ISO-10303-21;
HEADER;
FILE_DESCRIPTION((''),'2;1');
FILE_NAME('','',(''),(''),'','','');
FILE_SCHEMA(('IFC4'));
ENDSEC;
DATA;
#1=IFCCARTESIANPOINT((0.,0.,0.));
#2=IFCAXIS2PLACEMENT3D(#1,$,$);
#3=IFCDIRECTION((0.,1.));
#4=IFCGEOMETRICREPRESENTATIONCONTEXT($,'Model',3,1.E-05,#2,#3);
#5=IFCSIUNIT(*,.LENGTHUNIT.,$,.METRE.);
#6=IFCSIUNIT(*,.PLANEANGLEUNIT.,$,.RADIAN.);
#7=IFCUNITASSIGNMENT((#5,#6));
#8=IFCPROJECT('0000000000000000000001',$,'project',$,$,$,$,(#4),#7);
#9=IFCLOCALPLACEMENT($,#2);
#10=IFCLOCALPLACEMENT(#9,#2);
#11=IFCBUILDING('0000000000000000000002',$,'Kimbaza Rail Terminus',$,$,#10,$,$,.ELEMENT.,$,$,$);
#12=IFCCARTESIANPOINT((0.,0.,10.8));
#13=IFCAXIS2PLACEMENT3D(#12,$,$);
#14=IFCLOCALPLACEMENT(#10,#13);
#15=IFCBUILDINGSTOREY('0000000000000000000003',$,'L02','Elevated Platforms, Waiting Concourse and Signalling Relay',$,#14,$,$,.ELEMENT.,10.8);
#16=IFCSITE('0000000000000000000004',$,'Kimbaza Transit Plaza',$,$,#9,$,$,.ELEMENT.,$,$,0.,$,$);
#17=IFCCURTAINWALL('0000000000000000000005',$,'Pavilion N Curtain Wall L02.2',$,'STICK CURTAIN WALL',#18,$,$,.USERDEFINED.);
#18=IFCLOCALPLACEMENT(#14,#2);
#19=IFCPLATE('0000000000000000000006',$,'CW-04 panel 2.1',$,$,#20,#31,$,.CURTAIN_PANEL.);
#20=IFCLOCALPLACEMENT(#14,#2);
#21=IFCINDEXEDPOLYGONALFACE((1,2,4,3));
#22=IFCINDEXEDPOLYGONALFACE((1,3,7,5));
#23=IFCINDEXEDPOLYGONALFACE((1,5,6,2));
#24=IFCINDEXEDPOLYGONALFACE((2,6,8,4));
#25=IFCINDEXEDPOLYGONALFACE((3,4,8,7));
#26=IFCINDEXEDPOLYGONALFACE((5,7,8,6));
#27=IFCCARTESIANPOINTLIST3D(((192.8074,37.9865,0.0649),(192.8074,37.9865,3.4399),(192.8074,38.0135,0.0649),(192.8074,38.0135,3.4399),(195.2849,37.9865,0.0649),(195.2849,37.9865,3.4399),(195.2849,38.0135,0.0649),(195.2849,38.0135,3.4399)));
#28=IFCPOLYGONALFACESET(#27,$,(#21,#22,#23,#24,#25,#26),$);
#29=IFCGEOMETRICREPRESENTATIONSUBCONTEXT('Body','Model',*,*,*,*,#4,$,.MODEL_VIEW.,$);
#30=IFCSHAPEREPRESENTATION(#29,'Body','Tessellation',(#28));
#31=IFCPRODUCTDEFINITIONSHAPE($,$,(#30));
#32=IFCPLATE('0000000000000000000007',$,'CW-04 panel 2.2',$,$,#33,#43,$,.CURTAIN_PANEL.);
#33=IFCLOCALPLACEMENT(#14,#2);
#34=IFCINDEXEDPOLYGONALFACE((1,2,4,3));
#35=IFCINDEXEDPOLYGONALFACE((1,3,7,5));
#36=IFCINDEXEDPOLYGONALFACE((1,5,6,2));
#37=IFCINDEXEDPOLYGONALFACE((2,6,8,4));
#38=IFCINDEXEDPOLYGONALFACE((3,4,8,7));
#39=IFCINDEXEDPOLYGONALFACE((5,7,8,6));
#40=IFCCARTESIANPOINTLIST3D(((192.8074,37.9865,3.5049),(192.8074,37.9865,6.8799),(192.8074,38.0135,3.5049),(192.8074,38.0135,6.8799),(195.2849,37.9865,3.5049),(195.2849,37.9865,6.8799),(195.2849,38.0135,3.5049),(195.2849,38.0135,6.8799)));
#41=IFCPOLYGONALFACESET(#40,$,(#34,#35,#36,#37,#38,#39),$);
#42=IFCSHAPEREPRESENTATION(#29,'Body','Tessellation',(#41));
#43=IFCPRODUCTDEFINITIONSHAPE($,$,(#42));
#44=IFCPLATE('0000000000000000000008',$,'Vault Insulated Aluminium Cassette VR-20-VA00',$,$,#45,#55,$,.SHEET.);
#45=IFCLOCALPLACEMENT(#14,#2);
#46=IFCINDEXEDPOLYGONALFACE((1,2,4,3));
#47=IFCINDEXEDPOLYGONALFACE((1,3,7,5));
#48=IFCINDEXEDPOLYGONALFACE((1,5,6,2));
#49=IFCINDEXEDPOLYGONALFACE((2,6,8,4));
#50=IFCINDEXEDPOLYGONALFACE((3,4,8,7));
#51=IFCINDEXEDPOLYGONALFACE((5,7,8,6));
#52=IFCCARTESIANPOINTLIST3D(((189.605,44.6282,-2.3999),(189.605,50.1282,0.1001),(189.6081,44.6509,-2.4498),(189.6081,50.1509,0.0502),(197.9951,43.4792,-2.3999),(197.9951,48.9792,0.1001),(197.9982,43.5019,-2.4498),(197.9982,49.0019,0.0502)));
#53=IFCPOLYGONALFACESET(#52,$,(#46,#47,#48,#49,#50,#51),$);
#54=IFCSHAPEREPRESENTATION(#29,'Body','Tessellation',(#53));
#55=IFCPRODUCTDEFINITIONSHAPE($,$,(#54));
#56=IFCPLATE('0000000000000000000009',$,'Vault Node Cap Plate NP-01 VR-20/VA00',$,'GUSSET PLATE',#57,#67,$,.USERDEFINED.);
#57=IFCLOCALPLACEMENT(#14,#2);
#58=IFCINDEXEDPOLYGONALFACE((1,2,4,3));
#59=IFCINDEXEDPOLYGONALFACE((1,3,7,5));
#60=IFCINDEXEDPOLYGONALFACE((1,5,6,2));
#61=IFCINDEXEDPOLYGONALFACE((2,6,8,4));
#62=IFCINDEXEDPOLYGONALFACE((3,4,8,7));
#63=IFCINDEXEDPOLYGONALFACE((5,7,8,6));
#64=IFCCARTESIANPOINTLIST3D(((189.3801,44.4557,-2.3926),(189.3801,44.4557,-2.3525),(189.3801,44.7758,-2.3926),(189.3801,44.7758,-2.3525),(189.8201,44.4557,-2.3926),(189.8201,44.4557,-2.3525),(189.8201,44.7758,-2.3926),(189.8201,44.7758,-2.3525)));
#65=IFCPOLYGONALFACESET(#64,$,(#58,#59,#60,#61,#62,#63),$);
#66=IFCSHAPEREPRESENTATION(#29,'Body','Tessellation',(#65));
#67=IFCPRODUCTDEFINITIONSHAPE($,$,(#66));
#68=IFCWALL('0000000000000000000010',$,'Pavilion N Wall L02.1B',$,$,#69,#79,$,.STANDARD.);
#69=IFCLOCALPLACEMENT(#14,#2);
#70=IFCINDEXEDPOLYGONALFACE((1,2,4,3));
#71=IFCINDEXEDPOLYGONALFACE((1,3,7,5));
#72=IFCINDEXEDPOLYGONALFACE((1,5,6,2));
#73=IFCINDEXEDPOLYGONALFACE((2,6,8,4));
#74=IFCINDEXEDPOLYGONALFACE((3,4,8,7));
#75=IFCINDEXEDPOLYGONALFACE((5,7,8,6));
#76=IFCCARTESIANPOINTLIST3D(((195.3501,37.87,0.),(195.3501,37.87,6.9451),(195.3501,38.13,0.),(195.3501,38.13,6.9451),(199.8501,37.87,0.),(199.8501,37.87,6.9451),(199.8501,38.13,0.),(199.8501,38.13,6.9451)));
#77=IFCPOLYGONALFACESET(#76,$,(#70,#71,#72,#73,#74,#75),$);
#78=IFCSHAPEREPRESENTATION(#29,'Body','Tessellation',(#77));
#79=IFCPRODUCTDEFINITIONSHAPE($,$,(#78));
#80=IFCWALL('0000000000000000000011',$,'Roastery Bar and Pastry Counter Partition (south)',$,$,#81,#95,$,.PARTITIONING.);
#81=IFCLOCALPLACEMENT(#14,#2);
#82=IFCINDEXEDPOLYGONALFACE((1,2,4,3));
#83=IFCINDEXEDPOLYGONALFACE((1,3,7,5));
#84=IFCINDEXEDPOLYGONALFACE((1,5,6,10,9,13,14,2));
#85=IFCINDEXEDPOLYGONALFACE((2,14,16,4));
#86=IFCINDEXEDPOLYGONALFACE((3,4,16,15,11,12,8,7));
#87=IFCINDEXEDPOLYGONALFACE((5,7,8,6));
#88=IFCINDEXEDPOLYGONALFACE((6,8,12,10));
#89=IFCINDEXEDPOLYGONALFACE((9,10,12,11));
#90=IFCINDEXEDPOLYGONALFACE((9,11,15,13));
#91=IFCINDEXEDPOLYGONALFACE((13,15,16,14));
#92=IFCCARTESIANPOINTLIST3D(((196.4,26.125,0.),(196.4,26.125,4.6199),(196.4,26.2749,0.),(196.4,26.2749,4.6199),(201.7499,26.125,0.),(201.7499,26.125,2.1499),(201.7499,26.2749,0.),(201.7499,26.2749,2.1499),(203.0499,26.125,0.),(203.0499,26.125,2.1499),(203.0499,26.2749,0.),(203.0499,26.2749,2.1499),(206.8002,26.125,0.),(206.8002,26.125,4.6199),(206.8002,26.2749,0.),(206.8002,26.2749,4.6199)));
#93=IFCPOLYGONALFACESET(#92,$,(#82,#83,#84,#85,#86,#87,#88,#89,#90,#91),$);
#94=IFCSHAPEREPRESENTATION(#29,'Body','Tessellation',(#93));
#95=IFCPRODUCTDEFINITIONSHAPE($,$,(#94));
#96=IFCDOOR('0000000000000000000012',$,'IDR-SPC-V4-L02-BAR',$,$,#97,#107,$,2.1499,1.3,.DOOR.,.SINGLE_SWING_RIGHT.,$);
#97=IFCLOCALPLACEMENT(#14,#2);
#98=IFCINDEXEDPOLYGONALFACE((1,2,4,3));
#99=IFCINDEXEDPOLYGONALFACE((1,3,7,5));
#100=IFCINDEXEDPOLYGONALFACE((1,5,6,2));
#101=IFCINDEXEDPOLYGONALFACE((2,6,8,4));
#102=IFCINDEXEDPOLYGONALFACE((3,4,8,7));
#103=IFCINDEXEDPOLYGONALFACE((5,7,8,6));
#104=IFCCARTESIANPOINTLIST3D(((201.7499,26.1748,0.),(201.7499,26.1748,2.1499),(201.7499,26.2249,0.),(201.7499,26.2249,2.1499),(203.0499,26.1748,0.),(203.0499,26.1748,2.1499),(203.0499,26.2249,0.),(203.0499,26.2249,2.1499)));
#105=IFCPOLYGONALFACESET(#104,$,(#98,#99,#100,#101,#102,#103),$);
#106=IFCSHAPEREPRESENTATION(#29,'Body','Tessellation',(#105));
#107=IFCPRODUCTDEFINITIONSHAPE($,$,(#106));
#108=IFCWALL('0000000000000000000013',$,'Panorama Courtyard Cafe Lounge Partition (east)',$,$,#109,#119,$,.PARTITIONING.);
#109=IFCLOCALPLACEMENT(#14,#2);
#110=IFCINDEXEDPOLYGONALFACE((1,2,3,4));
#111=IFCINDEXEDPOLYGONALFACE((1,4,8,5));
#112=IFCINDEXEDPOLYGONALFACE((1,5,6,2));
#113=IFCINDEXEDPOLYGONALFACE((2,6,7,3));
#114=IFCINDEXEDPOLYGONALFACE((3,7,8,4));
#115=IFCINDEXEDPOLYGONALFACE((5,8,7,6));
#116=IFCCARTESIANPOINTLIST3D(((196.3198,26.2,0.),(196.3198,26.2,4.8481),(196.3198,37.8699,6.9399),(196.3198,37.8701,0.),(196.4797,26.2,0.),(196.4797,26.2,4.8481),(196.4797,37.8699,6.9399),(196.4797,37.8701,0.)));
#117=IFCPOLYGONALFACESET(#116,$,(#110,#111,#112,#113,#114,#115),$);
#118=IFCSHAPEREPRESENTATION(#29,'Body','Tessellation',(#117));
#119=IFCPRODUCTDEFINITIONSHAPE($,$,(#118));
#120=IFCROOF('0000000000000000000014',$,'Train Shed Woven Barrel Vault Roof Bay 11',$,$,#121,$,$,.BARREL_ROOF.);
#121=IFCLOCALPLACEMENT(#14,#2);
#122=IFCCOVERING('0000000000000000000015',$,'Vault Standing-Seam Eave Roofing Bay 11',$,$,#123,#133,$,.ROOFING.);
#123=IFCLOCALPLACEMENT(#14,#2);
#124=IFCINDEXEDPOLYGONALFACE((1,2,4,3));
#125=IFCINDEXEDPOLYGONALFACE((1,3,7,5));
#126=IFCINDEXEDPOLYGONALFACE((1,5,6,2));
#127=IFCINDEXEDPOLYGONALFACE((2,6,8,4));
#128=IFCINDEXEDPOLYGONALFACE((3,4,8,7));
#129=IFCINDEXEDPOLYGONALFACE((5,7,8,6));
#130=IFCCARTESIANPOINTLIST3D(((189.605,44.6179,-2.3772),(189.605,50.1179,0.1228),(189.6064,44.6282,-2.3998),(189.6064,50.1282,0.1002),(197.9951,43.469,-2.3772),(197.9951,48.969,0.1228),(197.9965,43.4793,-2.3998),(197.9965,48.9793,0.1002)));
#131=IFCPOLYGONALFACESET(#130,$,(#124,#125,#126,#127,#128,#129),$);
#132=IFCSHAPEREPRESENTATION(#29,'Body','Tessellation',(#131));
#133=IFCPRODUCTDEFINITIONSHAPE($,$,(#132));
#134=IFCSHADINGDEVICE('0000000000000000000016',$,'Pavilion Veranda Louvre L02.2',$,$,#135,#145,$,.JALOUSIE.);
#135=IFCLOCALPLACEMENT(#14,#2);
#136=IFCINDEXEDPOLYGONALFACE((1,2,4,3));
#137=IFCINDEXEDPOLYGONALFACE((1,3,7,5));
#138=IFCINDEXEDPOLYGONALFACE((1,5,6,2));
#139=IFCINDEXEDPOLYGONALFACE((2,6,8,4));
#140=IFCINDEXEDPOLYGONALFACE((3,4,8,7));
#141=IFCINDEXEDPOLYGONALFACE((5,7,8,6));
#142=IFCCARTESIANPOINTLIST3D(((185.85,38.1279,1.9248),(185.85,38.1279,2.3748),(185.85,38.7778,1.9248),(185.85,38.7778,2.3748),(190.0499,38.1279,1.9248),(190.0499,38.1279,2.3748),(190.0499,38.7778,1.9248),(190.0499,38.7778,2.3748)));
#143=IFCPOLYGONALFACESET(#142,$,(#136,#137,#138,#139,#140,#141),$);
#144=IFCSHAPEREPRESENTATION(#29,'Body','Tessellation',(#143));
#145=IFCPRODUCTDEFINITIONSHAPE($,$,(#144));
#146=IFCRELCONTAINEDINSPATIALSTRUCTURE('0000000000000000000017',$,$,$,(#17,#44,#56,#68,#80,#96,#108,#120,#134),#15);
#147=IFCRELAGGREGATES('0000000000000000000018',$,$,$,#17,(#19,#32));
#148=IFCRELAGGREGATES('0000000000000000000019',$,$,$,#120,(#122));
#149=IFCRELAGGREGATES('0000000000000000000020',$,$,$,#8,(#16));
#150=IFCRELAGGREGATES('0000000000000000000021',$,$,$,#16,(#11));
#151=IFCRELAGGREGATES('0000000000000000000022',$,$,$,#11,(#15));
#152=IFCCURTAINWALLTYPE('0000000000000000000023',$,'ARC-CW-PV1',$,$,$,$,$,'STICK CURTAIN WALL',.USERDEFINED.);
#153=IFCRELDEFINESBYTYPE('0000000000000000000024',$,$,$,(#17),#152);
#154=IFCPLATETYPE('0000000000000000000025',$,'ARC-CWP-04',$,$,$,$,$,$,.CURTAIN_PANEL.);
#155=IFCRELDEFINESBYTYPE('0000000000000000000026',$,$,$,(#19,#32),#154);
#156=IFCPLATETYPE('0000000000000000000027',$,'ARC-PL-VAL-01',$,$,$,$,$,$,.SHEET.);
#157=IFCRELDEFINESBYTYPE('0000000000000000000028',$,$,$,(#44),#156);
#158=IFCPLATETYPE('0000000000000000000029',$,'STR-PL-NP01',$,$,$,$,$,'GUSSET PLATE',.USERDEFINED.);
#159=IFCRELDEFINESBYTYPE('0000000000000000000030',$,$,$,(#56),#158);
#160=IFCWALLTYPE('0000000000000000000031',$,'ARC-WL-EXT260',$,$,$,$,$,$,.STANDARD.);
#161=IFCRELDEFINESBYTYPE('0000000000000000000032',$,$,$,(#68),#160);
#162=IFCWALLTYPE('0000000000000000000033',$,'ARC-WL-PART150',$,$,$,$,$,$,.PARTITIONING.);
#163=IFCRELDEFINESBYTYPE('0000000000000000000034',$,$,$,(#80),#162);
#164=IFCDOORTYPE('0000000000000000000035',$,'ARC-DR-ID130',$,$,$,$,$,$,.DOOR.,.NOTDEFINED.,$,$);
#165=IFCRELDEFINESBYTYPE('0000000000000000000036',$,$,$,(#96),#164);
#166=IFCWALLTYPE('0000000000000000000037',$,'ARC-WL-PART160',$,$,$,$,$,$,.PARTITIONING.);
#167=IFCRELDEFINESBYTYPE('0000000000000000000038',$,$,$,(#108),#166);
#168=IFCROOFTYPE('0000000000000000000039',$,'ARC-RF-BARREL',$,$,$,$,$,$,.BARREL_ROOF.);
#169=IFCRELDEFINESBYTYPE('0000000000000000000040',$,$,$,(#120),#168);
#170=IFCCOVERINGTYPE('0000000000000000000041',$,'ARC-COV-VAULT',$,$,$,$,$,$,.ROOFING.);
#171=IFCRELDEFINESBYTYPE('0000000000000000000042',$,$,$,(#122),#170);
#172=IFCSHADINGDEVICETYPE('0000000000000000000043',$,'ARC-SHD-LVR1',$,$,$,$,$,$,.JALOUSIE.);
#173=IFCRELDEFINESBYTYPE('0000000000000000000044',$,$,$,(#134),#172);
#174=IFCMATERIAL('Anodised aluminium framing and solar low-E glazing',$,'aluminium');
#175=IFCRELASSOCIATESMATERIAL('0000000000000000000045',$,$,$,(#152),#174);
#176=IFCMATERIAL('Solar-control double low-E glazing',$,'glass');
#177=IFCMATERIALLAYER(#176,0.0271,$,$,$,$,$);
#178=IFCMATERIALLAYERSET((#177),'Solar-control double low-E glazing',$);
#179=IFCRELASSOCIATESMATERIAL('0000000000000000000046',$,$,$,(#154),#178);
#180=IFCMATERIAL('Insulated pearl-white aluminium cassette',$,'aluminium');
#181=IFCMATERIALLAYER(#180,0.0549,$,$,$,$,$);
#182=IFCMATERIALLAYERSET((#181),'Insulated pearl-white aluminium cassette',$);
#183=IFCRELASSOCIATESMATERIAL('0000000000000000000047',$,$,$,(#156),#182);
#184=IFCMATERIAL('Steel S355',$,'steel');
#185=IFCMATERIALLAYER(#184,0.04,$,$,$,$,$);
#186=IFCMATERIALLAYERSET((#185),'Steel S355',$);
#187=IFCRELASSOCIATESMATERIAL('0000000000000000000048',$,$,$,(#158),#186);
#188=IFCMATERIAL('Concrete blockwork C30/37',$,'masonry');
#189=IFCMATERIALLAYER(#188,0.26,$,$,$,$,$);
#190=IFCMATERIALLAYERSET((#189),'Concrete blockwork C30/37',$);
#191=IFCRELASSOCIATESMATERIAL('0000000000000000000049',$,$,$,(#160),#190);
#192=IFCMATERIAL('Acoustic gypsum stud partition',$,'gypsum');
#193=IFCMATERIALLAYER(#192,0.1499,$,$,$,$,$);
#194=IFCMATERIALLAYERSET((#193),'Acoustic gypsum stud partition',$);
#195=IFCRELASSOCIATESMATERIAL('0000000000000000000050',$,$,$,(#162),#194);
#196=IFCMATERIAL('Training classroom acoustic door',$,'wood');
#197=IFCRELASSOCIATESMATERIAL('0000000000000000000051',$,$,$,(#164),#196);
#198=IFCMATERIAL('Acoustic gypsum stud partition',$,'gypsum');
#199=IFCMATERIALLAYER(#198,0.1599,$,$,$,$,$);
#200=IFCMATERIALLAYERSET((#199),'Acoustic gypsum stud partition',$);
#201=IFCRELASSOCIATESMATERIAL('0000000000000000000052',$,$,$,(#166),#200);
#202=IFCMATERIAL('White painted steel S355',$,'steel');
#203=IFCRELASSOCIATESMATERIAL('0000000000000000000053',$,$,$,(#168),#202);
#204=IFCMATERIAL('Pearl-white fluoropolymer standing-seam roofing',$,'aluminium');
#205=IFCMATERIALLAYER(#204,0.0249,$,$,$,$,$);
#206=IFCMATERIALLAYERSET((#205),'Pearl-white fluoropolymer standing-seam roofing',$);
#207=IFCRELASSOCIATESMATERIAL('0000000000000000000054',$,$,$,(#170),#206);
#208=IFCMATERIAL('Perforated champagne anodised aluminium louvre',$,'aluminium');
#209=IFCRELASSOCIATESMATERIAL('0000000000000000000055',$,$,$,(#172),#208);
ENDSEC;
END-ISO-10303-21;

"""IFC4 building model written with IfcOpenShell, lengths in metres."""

from ifc_helpers import new_model, si_unit, direction, frame, frame_2d, origin, origin_2d, place, context, subcontext, project, spatial, polyline, rectangle, outline, extrude, material, layer, layer_set, type_object, element, fill, aggregate, save


model = new_model("IFC4")

# Units and contexts
model_context = context("Model", 3, precision=1e-05, world=origin(), true_north=direction((0.0, 1.0)))
body_context = subcontext(model_context, "Body", "Model", "MODEL_VIEW")
ifc_project = project(units=[si_unit("LENGTHUNIT", "METRE"), si_unit("PLANEANGLEUNIT", "RADIAN")], contexts=[model_context])

# Site, building, storey
site_placement = place(None, origin())
site = spatial("IfcSite", under=ifc_project, at=site_placement, Name="Kimbaza Transit Plaza", CompositionType="ELEMENT", RefElevation=0.0)
building_placement = place(site_placement, origin())
building = spatial("IfcBuilding", under=site, at=building_placement, Name="Kimbaza Rail Terminus", CompositionType="ELEMENT")
storey_placement = place(building_placement, frame((0.0, 0.0, 10.8)))
storey = spatial("IfcBuildingStorey", under=building, at=storey_placement, Name="L02", Description="Elevated Platforms, Waiting Concourse and Signalling Relay", CompositionType="ELEMENT", Elevation=10.8)

# Curtain wall
ifc_material_1 = material(Name="Anodised aluminium framing and solar low-E glazing", Category="aluminium")
curtain_wall_type = type_object("IfcCurtainWallType", Name="ARC-CW-PV1", ElementType="STICK CURTAIN WALL", PredefinedType="USERDEFINED", material=ifc_material_1)
curtain_wall_placement = place(storey_placement, origin())
curtain_wall = element("IfcCurtainWall", 1, at=curtain_wall_placement, inside=storey, type_object=curtain_wall_type, Name="Pavilion N Curtain Wall L02.2", ObjectType="STICK CURTAIN WALL", PredefinedType="USERDEFINED")

# Plates
ifc_material_2 = material(Name="Solar-control double low-E glazing", Category="glass")
ifc_layer_1 = layer(ifc_material_2, 0.0271)
ifc_layer_set_1 = layer_set([ifc_layer_1], Name="Solar-control double low-E glazing")
plate_type_1 = type_object("IfcPlateType", Name="ARC-CWP-04", PredefinedType="CURTAIN_PANEL", material=ifc_layer_set_1)
plate_1_placement = place(storey_placement, frame((194.0461, 38.0, 0.0649), z_axis=(0.0, 0.0, 1.0), x_axis=(1.0, 0.0, 0.0)))
plate_1 = element("IfcPlate", 2, at=plate_1_placement, type_object=plate_type_1, Name="CW-04 panel 2.1", PredefinedType="CURTAIN_PANEL", context=body_context, shape_type="SweptSolid", body=[
    extrude(rectangle(XDim=2.4775, YDim=0.0271, at=origin_2d()), origin(), (0.0, 0.0, 1.0), 3.375),
])
plate_2_placement = place(storey_placement, frame((194.0461, 38.0, 3.5049), z_axis=(0.0, 0.0, 1.0), x_axis=(1.0, 0.0, 0.0)))
plate_2 = element("IfcPlate", 3, at=plate_2_placement, type_object=plate_type_1, Name="CW-04 panel 2.2", PredefinedType="CURTAIN_PANEL", context=body_context, shape_type="SweptSolid", body=[
    extrude(rectangle(XDim=2.4775, YDim=0.0271, at=origin_2d()), origin(), (0.0, 0.0, 1.0), 3.375),
])
aggregate(curtain_wall, [plate_1, plate_2])

# Plates
ifc_material_3 = material(Name="Insulated pearl-white aluminium cassette", Category="aluminium")
ifc_layer_2 = layer(ifc_material_3, 0.0549)
ifc_layer_set_2 = layer_set([ifc_layer_2], Name="Insulated pearl-white aluminium cassette")
plate_type_2 = type_object("IfcPlateType", Name="ARC-PL-VAL-01", PredefinedType="SHEET", material=ifc_layer_set_2)
plate_3_placement = place(storey_placement, frame((189.605, 44.6282, -2.3999), z_axis=(-0.056574, -0.41314, 0.908908), x_axis=(0.990754, -0.135672, 0.0)))
element("IfcPlate", 4, at=plate_3_placement, inside=storey, type_object=plate_type_2, Name="Vault Insulated Aluminium Cassette VR-20-VA00", PredefinedType="SHEET", context=body_context, shape_type="SweptSolid", body=[
    extrude(outline(polyline([(0.0, 0.0), (8.4684, 0.0), (7.7222, 5.9953), (-0.7462, 5.9953), (0.0, 0.0)])), origin(), (0.0, 0.0, -1.0), 0.0549),
])
ifc_material_4 = material(Name="Steel S355", Category="steel")
ifc_layer_3 = layer(ifc_material_4, 0.04)
ifc_layer_set_3 = layer_set([ifc_layer_3], Name="Steel S355")
plate_type_3 = type_object("IfcPlateType", Name="STR-PL-NP01", ElementType="GUSSET PLATE", PredefinedType="USERDEFINED", material=ifc_layer_set_3)
plate_4_placement = place(storey_placement, frame((189.6001, 44.6157, -2.3926), z_axis=(0.0, 0.0, 1.0), x_axis=(1.0, 0.0, 0.0)))
element("IfcPlate", 5, at=plate_4_placement, inside=storey, type_object=plate_type_3, Name="Vault Node Cap Plate NP-01 VR-20/VA00", ObjectType="GUSSET PLATE", PredefinedType="USERDEFINED", context=body_context, shape_type="SweptSolid", body=[
    extrude(rectangle(XDim=0.4399, YDim=0.3201, at=origin_2d()), origin(), (0.0, 0.0, 1.0), 0.04),
])

# Wall
ifc_material_5 = material(Name="Concrete blockwork C30/37", Category="masonry")
ifc_layer_4 = layer(ifc_material_5, 0.26)
ifc_layer_set_4 = layer_set([ifc_layer_4], Name="Concrete blockwork C30/37")
wall_type_1 = type_object("IfcWallType", Name="ARC-WL-EXT260", PredefinedType="STANDARD", material=ifc_layer_set_4)
wall_1_placement = place(storey_placement, frame((195.3501, 38.0, 0.0), z_axis=(0.0, 0.0, 1.0), x_axis=(1.0, 0.0, 0.0)))
element("IfcWall", 6, at=wall_1_placement, inside=storey, type_object=wall_type_1, Name="Pavilion N Wall L02.1B", PredefinedType="STANDARD", context=body_context, shape_type="SweptSolid", body=[
    extrude(rectangle(XDim=4.5, YDim=0.26, at=frame_2d((2.25, 0.0))), origin(), (0.0, 0.0, 1.0), 6.9451),
])

# Wall, opening, door
ifc_material_6 = material(Name="Acoustic gypsum stud partition", Category="gypsum")
ifc_layer_5 = layer(ifc_material_6, 0.1499)
ifc_layer_set_5 = layer_set([ifc_layer_5], Name="Acoustic gypsum stud partition")
wall_type_2 = type_object("IfcWallType", Name="ARC-WL-PART150", PredefinedType="PARTITIONING", material=ifc_layer_set_5)
wall_2_placement = place(storey_placement, frame((196.3999, 26.2, 0.0), z_axis=(0.0, 0.0, 1.0), x_axis=(1.0, 0.0, 0.0)))
wall_2 = element("IfcWall", 7, at=wall_2_placement, inside=storey, type_object=wall_type_2, Name="Roastery Bar and Pastry Counter Partition (south)", PredefinedType="PARTITIONING", context=body_context, shape_type="SweptSolid", body=[
    extrude(rectangle(XDim=10.4001, YDim=0.1499, at=frame_2d((5.2002, 0.0))), origin(), (0.0, 0.0, 1.0), 4.6199),
])
opening_placement = place(wall_2_placement, frame((5.3501, 0.0, 0.0)))
opening = element("IfcOpeningElement", 8, at=opening_placement, cuts=wall_2, PredefinedType="OPENING", context=body_context, shape_type="SweptSolid", body=[
    extrude(rectangle(XDim=1.3, YDim=2.1499, at=frame_2d((0.6499, 1.075))), frame((0.0, 0.085, 0.0), z_axis=(0.0, -1.0, 0.0), x_axis=(1.0, 0.0, 0.0)), (0.0, 0.0, 1.0), 0.1699),
])
ifc_material_7 = material(Name="Training classroom acoustic door", Category="wood")
door_type = type_object("IfcDoorType", Name="ARC-DR-ID130", OperationType="NOTDEFINED", PredefinedType="DOOR", material=ifc_material_7)
door_placement = place(opening_placement, origin())
door = element("IfcDoor", 9, at=door_placement, inside=storey, type_object=door_type, Name="IDR-SPC-V4-L02-BAR", OperationType="SINGLE_SWING_RIGHT", OverallHeight=2.1499, OverallWidth=1.3, PredefinedType="DOOR", context=body_context, shape_type="SweptSolid", body=[
    extrude(rectangle(XDim=1.3, YDim=2.1499, at=frame_2d((0.6499, 1.075))), frame((0.0, 0.0249, 0.0), z_axis=(0.0, -1.0, 0.0), x_axis=(1.0, 0.0, 0.0)), (0.0, 0.0, 1.0), 0.05),
])
fill(opening, door)

# Wall
ifc_material_8 = material(Name="Acoustic gypsum stud partition", Category="gypsum")
ifc_layer_6 = layer(ifc_material_8, 0.1599)
ifc_layer_set_6 = layer_set([ifc_layer_6], Name="Acoustic gypsum stud partition")
wall_type_3 = type_object("IfcWallType", Name="ARC-WL-PART160", PredefinedType="PARTITIONING", material=ifc_layer_set_6)
wall_3_placement = place(storey_placement, frame((196.3999, 26.2, 0.0), z_axis=(0.0, 0.0, 1.0), x_axis=(0.0, 1.0, 0.0)))
element("IfcWall", 10, at=wall_3_placement, inside=storey, type_object=wall_type_3, Name="Panorama Courtyard Cafe Lounge Partition (east)", PredefinedType="PARTITIONING", context=body_context, shape_type="SweptSolid", body=[
    extrude(outline(polyline([(0.0, 0.0), (11.6702, 0.0), (11.6699, 6.9399), (0.0, 4.8481), (0.0, 0.0)])), frame((0.0, 0.0801, 0.0), z_axis=(0.0, -1.0, 0.0), x_axis=(1.0, 0.0, 0.0)), (0.0, 0.0, 1.0), 0.1599),
])

# Roof, covering
ifc_material_9 = material(Name="White painted steel S355", Category="steel")
roof_type = type_object("IfcRoofType", Name="ARC-RF-BARREL", PredefinedType="BARREL_ROOF", material=ifc_material_9)
roof_placement = place(storey_placement, origin())
roof = element("IfcRoof", 11, at=roof_placement, inside=storey, type_object=roof_type, Name="Train Shed Woven Barrel Vault Roof Bay 11", PredefinedType="BARREL_ROOF")
ifc_material_10 = material(Name="Pearl-white fluoropolymer standing-seam roofing", Category="aluminium")
ifc_layer_7 = layer(ifc_material_10, 0.0249)
ifc_layer_set_7 = layer_set([ifc_layer_7], Name="Pearl-white fluoropolymer standing-seam roofing")
covering_type = type_object("IfcCoveringType", Name="ARC-COV-VAULT", PredefinedType="ROOFING", material=ifc_layer_set_7)
covering_placement = place(storey_placement, frame((189.605, 44.6179, -2.3772), z_axis=(-0.056574, -0.41314, 0.908908), x_axis=(0.990754, -0.135672, 0.0)))
covering = element("IfcCovering", 12, at=covering_placement, type_object=covering_type, Name="Vault Standing-Seam Eave Roofing Bay 11", PredefinedType="ROOFING", context=body_context, shape_type="SweptSolid", body=[
    extrude(outline(polyline([(0.0, 0.0), (8.4684, 0.0), (7.7222, 5.9953), (-0.7462, 5.9953), (0.0, 0.0)])), origin(), (0.0, 0.0, -1.0), 0.0249),
])
aggregate(roof, [covering])

# Shading device
ifc_material_11 = material(Name="Perforated champagne anodised aluminium louvre", Category="aluminium")
shading_device_type = type_object("IfcShadingDeviceType", Name="ARC-SHD-LVR1", PredefinedType="JALOUSIE", material=ifc_material_11)
shading_device_placement = place(storey_placement, frame((187.95, 38.4529, 1.9248), z_axis=(0.0, 0.0, 1.0), x_axis=(1.0, 0.0, 0.0)))
element("IfcShadingDevice", 13, at=shading_device_placement, inside=storey, type_object=shading_device_type, Name="Pavilion Veranda Louvre L02.2", PredefinedType="JALOUSIE", context=body_context, shape_type="SweptSolid", body=[
    extrude(rectangle(XDim=4.2, YDim=0.6499, at=origin_2d()), origin(), (0.0, 0.0, 1.0), 0.45),
])

save(model, "model.ifc")
